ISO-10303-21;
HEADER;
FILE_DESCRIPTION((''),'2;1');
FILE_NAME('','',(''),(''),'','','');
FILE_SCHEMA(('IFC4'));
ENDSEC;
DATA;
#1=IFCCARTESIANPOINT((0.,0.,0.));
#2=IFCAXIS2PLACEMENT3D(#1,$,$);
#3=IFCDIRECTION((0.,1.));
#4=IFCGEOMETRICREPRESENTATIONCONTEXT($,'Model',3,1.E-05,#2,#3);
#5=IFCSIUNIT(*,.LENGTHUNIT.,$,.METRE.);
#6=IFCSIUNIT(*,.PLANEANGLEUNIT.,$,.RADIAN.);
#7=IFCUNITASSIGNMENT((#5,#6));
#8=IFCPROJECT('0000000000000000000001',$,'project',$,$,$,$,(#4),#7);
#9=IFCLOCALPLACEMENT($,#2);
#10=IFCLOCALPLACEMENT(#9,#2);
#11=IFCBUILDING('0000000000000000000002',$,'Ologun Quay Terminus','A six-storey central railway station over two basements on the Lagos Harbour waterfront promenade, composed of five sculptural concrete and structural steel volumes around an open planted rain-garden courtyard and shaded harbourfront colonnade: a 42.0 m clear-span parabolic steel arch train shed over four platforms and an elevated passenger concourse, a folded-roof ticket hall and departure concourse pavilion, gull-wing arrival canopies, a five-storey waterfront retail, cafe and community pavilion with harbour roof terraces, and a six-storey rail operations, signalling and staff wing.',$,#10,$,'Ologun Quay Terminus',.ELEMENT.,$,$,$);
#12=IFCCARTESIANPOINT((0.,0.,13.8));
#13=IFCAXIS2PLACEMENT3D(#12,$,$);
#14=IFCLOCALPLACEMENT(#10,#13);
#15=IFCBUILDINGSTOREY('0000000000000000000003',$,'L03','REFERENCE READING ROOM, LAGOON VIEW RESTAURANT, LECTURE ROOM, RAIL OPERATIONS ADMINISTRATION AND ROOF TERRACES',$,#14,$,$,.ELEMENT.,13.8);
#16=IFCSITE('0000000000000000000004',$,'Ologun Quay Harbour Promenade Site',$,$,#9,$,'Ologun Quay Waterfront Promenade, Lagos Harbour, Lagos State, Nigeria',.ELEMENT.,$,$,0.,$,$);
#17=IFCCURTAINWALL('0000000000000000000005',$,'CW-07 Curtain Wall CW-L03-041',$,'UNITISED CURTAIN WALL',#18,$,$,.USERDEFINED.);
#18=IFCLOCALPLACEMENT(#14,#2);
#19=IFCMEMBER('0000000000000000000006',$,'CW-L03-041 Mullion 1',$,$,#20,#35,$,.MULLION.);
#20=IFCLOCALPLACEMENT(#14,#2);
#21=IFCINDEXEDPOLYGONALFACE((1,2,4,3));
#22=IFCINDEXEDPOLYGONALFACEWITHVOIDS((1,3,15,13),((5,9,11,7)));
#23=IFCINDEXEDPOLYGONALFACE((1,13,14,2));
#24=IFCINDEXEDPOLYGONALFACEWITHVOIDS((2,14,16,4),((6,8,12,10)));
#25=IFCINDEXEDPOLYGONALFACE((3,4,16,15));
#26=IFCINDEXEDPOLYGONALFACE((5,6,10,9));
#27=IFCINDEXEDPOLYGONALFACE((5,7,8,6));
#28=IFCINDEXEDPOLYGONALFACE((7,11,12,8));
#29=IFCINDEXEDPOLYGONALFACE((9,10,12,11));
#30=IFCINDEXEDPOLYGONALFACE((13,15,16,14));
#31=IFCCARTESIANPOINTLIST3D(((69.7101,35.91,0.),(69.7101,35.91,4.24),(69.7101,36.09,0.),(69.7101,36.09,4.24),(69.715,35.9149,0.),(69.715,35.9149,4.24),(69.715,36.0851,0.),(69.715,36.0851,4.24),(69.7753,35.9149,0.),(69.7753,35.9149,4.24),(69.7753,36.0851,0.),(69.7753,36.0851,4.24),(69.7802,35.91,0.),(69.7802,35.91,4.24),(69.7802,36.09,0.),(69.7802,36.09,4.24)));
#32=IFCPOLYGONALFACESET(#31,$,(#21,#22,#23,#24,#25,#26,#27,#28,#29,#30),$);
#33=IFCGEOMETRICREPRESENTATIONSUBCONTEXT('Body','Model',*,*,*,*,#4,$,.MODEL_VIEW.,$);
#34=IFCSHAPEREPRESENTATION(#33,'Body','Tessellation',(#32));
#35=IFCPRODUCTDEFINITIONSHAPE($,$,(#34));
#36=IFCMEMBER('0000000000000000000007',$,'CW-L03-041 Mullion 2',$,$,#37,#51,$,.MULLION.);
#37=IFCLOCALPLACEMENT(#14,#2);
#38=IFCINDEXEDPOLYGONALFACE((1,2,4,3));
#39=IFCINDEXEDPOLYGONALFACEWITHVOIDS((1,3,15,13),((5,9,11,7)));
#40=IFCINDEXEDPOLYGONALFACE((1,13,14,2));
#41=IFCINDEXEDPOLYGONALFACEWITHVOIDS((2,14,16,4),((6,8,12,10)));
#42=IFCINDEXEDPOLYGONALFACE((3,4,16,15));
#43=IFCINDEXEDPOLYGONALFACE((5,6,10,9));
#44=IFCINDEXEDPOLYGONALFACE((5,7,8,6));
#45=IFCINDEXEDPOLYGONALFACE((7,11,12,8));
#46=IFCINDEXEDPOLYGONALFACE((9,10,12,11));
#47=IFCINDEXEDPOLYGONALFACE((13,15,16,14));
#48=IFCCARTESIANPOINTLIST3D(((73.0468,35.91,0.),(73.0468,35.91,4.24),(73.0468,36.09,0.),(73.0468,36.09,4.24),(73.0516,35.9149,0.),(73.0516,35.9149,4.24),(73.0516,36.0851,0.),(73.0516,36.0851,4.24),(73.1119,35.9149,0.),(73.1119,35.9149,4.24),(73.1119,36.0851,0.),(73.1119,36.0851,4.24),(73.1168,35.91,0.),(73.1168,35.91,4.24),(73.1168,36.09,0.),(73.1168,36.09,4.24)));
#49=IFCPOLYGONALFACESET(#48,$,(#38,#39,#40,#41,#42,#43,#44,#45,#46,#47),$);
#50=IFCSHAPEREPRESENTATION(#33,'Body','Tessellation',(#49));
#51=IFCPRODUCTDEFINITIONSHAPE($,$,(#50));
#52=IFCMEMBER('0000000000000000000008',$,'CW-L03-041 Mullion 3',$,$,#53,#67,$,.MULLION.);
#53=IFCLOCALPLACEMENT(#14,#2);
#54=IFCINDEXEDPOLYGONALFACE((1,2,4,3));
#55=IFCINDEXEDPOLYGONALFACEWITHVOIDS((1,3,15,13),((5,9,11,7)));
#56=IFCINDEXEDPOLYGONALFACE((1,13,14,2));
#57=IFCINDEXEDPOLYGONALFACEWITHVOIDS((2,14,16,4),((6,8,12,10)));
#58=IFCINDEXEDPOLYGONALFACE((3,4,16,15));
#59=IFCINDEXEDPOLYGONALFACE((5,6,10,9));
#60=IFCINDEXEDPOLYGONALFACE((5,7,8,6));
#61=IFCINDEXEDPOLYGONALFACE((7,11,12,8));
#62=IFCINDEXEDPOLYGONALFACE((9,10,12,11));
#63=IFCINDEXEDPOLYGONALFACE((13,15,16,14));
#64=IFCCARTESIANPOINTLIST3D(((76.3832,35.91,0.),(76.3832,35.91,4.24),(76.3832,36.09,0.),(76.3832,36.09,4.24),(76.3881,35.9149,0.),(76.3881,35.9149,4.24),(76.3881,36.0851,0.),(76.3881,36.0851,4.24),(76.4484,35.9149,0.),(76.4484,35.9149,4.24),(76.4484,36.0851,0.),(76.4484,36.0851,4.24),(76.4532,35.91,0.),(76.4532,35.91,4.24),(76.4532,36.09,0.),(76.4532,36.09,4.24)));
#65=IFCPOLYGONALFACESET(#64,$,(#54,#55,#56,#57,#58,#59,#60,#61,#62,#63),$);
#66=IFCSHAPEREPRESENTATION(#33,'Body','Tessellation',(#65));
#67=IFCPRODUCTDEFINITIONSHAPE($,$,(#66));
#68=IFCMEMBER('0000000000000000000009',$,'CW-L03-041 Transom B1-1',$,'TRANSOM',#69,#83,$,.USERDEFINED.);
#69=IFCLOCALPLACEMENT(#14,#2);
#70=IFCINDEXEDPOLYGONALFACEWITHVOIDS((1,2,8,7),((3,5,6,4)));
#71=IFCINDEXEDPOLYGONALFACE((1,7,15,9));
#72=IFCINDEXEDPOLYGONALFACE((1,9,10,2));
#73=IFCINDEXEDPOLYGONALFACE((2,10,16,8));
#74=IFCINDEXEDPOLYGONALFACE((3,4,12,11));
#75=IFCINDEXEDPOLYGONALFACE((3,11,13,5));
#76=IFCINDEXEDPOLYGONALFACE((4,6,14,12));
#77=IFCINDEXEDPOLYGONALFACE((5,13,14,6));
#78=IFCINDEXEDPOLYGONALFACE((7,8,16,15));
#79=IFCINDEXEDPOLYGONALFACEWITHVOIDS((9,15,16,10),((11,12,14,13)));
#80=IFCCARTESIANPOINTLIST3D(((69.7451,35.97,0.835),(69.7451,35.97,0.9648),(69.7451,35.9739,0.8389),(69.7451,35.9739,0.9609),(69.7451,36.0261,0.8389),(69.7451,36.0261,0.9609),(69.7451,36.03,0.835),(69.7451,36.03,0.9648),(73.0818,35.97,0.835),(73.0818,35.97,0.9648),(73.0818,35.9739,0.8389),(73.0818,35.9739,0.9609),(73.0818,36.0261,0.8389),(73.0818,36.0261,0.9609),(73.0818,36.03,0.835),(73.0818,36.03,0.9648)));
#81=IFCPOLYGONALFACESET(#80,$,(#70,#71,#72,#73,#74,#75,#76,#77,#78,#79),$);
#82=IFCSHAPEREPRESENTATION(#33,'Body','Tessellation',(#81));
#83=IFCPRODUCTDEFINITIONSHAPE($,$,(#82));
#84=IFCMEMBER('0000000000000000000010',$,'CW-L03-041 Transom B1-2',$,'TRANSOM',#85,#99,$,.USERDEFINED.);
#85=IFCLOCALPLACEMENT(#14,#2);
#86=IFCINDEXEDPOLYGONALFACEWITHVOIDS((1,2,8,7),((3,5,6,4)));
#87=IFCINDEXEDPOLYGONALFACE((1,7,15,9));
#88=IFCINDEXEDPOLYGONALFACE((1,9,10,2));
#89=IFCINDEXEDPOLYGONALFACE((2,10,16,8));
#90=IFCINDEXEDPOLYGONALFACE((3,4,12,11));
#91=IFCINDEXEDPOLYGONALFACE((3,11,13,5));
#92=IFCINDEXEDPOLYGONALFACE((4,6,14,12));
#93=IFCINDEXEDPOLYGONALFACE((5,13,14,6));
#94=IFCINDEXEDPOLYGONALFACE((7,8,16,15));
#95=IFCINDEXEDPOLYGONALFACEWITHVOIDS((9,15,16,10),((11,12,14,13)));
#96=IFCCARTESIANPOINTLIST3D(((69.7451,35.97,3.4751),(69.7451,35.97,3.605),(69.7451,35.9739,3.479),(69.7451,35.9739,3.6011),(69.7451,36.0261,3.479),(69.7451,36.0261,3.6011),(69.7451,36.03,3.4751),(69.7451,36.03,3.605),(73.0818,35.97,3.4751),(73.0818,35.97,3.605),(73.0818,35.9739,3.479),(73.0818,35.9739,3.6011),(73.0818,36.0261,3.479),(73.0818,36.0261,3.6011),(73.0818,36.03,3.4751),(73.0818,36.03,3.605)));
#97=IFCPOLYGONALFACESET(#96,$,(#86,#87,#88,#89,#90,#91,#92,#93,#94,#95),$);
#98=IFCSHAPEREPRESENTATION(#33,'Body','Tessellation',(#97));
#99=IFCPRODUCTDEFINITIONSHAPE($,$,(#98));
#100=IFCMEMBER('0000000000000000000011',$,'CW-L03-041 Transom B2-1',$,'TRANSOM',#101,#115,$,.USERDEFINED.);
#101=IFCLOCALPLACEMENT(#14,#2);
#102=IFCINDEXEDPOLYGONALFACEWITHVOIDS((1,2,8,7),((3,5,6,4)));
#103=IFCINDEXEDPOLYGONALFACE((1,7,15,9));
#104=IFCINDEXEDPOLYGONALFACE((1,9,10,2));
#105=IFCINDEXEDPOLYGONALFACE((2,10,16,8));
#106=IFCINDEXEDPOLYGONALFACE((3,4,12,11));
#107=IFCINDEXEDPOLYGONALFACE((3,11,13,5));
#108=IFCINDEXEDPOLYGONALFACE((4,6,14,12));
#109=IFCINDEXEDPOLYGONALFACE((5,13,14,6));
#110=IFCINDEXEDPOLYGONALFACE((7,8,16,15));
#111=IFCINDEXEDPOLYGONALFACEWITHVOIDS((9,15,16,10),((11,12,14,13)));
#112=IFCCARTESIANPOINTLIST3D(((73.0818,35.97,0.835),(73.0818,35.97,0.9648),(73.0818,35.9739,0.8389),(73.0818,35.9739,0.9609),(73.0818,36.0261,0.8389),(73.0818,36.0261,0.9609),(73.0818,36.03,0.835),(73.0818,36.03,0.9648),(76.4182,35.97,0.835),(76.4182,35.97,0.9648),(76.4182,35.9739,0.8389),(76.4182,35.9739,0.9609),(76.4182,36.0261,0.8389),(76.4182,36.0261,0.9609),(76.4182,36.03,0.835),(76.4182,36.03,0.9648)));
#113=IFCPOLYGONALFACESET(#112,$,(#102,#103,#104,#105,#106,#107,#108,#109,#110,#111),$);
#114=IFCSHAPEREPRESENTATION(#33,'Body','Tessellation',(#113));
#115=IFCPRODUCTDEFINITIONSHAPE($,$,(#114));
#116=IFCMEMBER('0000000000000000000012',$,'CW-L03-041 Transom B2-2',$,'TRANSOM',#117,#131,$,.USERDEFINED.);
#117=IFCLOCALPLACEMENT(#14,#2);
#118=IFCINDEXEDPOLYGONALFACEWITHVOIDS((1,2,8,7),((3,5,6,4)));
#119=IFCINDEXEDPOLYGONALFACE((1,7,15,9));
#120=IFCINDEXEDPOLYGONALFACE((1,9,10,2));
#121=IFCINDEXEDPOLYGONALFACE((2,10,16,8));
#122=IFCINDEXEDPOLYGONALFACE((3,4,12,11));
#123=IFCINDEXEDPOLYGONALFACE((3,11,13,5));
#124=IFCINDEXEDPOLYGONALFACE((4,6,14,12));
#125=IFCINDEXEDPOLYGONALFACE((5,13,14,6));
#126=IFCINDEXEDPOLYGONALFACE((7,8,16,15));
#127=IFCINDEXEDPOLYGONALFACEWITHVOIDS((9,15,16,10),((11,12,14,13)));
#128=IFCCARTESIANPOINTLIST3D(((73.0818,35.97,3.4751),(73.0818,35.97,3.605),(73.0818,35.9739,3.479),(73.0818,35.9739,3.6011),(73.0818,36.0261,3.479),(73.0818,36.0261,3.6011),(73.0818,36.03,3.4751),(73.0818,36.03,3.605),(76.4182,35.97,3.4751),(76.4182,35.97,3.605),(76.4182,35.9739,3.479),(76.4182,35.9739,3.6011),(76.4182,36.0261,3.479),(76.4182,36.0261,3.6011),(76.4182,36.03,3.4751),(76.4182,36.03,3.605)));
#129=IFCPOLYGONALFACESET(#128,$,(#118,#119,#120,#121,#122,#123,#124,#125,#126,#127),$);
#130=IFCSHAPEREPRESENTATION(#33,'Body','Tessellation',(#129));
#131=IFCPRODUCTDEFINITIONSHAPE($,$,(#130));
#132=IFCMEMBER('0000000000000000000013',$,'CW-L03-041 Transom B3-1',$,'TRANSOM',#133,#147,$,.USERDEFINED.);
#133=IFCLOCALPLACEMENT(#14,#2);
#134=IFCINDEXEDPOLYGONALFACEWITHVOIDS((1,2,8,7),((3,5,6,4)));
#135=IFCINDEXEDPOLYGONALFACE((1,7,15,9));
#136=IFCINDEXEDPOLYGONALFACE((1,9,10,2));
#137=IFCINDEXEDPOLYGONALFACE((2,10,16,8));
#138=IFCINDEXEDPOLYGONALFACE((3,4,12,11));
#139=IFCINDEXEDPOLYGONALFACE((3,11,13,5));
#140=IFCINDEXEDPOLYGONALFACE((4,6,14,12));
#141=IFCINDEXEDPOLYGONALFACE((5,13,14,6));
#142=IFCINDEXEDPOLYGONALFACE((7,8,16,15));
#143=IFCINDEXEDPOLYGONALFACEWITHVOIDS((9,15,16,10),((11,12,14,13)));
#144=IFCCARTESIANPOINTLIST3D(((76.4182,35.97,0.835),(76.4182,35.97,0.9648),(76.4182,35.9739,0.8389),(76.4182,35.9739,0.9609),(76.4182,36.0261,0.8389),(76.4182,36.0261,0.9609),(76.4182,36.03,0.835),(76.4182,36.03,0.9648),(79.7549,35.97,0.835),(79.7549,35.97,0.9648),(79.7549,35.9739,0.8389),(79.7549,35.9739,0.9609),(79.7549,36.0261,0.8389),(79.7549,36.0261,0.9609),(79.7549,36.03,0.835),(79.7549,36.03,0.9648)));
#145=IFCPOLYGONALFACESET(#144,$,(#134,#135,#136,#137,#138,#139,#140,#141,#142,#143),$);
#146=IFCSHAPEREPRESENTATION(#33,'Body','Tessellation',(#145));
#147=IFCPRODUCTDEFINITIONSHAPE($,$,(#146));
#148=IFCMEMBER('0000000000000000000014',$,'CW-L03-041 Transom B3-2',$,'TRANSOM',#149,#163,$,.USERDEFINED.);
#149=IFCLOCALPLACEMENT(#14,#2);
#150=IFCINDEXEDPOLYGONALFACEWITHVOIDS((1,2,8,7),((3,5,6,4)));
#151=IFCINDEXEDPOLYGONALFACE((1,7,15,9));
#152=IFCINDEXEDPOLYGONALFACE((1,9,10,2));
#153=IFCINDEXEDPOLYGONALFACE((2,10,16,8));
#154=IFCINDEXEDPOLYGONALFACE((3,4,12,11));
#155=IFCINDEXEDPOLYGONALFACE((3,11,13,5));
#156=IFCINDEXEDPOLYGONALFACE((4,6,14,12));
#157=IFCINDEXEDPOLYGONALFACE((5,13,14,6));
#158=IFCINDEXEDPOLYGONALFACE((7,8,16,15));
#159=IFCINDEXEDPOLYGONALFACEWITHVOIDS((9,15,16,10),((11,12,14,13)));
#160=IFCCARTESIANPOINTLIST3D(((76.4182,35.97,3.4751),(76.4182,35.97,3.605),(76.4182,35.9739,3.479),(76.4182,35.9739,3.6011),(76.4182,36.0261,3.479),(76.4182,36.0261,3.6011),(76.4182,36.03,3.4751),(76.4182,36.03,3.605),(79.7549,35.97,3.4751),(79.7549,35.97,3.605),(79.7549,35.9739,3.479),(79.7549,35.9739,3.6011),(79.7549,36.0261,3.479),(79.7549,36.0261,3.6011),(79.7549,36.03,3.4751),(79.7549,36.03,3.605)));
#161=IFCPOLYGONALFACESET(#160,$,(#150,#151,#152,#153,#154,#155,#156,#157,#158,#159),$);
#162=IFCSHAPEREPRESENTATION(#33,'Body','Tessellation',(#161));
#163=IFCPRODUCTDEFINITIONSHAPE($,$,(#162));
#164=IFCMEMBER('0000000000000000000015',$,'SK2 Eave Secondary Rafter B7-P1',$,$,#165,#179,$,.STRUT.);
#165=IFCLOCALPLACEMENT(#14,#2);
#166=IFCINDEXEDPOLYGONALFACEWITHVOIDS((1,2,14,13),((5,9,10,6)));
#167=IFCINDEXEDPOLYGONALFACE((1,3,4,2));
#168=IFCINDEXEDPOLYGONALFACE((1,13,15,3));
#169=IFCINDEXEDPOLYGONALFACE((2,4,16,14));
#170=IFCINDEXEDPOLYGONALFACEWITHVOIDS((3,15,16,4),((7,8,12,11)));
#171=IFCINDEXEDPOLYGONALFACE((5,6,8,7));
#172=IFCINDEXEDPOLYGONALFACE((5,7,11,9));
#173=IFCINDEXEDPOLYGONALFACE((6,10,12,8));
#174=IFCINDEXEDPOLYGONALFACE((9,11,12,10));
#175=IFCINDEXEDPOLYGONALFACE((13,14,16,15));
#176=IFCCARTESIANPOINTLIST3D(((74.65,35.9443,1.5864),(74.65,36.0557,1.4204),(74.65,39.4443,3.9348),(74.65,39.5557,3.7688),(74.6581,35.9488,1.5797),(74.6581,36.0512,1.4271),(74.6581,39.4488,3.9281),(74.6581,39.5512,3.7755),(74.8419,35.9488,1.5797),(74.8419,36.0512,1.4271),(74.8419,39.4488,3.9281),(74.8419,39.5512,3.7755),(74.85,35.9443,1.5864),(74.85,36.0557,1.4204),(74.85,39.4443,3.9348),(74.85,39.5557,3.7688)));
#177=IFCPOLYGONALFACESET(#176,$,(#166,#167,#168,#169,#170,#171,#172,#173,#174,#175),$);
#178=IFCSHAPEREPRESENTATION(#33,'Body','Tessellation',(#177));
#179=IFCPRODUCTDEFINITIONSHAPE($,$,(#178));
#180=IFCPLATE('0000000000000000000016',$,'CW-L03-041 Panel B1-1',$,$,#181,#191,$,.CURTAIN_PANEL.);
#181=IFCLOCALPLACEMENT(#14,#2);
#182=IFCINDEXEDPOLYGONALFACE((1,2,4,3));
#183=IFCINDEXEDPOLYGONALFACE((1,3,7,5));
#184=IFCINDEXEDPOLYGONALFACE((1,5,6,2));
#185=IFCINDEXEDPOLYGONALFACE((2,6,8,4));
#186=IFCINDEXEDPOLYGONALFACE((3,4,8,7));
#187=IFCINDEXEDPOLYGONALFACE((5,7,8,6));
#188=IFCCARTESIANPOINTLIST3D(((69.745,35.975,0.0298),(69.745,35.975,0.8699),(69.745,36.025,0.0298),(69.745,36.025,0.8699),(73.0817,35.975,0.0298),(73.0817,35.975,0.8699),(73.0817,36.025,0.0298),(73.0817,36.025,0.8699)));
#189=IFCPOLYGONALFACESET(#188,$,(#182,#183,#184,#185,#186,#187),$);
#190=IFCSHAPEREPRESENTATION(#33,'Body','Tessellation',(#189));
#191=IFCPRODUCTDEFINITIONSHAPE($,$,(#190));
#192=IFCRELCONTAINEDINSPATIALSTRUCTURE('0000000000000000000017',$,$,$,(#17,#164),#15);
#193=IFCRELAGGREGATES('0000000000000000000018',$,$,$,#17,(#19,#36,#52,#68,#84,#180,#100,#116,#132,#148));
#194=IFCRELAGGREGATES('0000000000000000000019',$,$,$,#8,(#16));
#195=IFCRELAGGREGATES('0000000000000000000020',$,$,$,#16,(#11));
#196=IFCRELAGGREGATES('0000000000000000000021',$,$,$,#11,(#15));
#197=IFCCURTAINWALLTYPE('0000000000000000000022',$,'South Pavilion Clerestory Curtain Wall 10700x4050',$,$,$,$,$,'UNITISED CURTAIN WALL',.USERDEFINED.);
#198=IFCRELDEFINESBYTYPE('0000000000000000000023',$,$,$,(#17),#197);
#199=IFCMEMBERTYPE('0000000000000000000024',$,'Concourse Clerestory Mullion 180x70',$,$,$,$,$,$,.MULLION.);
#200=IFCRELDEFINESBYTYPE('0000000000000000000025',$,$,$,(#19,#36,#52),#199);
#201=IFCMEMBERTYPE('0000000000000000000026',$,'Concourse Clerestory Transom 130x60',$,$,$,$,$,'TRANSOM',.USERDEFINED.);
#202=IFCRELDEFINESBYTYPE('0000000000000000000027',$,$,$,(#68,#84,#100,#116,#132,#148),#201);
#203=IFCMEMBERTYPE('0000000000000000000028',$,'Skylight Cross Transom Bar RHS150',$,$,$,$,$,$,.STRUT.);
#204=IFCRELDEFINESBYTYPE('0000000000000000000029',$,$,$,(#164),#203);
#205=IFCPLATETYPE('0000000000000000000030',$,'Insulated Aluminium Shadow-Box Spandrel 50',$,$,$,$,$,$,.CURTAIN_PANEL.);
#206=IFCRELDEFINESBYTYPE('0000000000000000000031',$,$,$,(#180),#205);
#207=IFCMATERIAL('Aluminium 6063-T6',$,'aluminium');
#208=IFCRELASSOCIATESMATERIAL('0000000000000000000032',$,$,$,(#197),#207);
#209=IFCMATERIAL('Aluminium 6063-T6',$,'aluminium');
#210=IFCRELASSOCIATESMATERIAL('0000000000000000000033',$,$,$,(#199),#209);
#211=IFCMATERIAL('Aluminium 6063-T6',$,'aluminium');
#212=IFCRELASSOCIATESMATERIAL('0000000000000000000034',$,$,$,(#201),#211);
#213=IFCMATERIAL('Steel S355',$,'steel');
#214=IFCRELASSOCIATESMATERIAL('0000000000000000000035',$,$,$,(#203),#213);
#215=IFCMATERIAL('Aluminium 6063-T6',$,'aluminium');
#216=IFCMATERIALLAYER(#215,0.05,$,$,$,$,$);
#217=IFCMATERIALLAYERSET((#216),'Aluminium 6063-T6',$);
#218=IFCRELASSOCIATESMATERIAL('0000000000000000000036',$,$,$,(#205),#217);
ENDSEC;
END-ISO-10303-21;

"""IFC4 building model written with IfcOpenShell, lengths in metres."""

from ifc_helpers import new_model, si_unit, direction, frame, origin, origin_2d, place, context, subcontext, project, spatial, rectangle, hollow_rectangle, extrude, material, layer, layer_set, material_profile, profile_set, type_object, element, aggregate, save


model = new_model("IFC4")

# Units and contexts
model_context = context("Model", 3, precision=1e-05, world=origin(), true_north=direction((0.0, 1.0)))
body_context = subcontext(model_context, "Body", "Model", "MODEL_VIEW")
ifc_project = project(units=[si_unit("LENGTHUNIT", "METRE"), si_unit("PLANEANGLEUNIT", "RADIAN")], contexts=[model_context])

# Site, building, storey
site_placement = place(None, origin())
site = spatial("IfcSite", under=ifc_project, at=site_placement, Name="Ologun Quay Harbour Promenade Site", LongName="Ologun Quay Waterfront Promenade, Lagos Harbour, Lagos State, Nigeria", CompositionType="ELEMENT", RefElevation=0.0)
building_placement = place(site_placement, origin())
building = spatial("IfcBuilding", under=site, at=building_placement, Name="Ologun Quay Terminus", Description="A six-storey central railway station over two basements on the Lagos Harbour waterfront promenade, composed of five sculptural concrete and structural steel volumes around an open planted rain-garden courtyard and shaded harbourfront colonnade: a 42.0 m clear-span parabolic steel arch train shed over four platforms and an elevated passenger concourse, a folded-roof ticket hall and departure concourse pavilion, gull-wing arrival canopies, a five-storey waterfront retail, cafe and community pavilion with harbour roof terraces, and a six-storey rail operations, signalling and staff wing.", LongName="Ologun Quay Terminus", CompositionType="ELEMENT")
storey_placement = place(building_placement, frame((0.0, 0.0, 13.8)))
storey = spatial("IfcBuildingStorey", under=building, at=storey_placement, Name="L03", Description="REFERENCE READING ROOM, LAGOON VIEW RESTAURANT, LECTURE ROOM, RAIL OPERATIONS ADMINISTRATION AND ROOF TERRACES", CompositionType="ELEMENT", Elevation=13.8)

# Curtain wall, members
ifc_material_1 = material(Name="Aluminium 6063-T6", Category="aluminium")
curtain_wall_type = type_object("IfcCurtainWallType", Name="South Pavilion Clerestory Curtain Wall 10700x4050", ElementType="UNITISED CURTAIN WALL", PredefinedType="USERDEFINED", material=ifc_material_1)
curtain_wall_placement = place(storey_placement, origin())
curtain_wall = element("IfcCurtainWall", 1, at=curtain_wall_placement, inside=storey, type_object=curtain_wall_type, Name="CW-07 Curtain Wall CW-L03-041", ObjectType="UNITISED CURTAIN WALL", PredefinedType="USERDEFINED")
ifc_material_2 = material(Name="Aluminium 6063-T6", Category="aluminium")
ifc_material_profile_1 = material_profile(ifc_material_2, hollow_rectangle(XDim=0.0701, YDim=0.1799, WallThickness=0.0049, at=origin_2d()), Name="ALU 180x70x5")
ifc_profile_set_1 = profile_set([ifc_material_profile_1], Name="Aluminium 6063-T6")
member_type_1 = type_object("IfcMemberType", Name="Concourse Clerestory Mullion 180x70", PredefinedType="MULLION", material=ifc_profile_set_1)
member_1_placement = place(storey_placement, frame((69.7451, 36.0, 0.0), z_axis=(0.0, 0.0, 1.0), x_axis=(1.0, 0.0, 0.0)))
member_1 = element("IfcMember", 2, at=member_1_placement, type_object=member_type_1, Name="CW-L03-041 Mullion 1", PredefinedType="MULLION", context=body_context, shape_type="SweptSolid", body=[
    extrude(hollow_rectangle(XDim=0.0701, YDim=0.1799, WallThickness=0.0049, at=origin_2d()), origin(), (0.0, 0.0, 1.0), 4.24),
])
member_2_placement = place(storey_placement, frame((73.0818, 36.0, 0.0), z_axis=(0.0, 0.0, 1.0), x_axis=(1.0, 0.0, 0.0)))
member_2 = element("IfcMember", 3, at=member_2_placement, type_object=member_type_1, Name="CW-L03-041 Mullion 2", PredefinedType="MULLION", context=body_context, shape_type="SweptSolid", body=[
    extrude(hollow_rectangle(XDim=0.0701, YDim=0.1799, WallThickness=0.0049, at=origin_2d()), origin(), (0.0, 0.0, 1.0), 4.24),
])
member_3_placement = place(storey_placement, frame((76.4182, 36.0, 0.0), z_axis=(0.0, 0.0, 1.0), x_axis=(1.0, 0.0, 0.0)))
member_3 = element("IfcMember", 4, at=member_3_placement, type_object=member_type_1, Name="CW-L03-041 Mullion 3", PredefinedType="MULLION", context=body_context, shape_type="SweptSolid", body=[
    extrude(hollow_rectangle(XDim=0.0701, YDim=0.1799, WallThickness=0.0049, at=origin_2d()), origin(), (0.0, 0.0, 1.0), 4.24),
])
ifc_material_3 = material(Name="Aluminium 6063-T6", Category="aluminium")
ifc_material_profile_2 = material_profile(ifc_material_3, hollow_rectangle(XDim=0.0601, YDim=0.1299, WallThickness=0.0039, at=origin_2d()), Name="ALU 130x60x4")
ifc_profile_set_2 = profile_set([ifc_material_profile_2], Name="Aluminium 6063-T6")
member_type_2 = type_object("IfcMemberType", Name="Concourse Clerestory Transom 130x60", ElementType="TRANSOM", PredefinedType="USERDEFINED", material=ifc_profile_set_2)
member_4_placement = place(storey_placement, frame((69.7451, 36.0, 0.8999), z_axis=(1.0, 0.0, 0.0), x_axis=(0.0, 1.0, 0.0)))
member_4 = element("IfcMember", 5, at=member_4_placement, type_object=member_type_2, Name="CW-L03-041 Transom B1-1", ObjectType="TRANSOM", PredefinedType="USERDEFINED", context=body_context, shape_type="SweptSolid", body=[
    extrude(hollow_rectangle(XDim=0.0601, YDim=0.1299, WallThickness=0.0039, at=origin_2d()), origin(), (0.0, 0.0, 1.0), 3.3367),
])
member_5_placement = place(storey_placement, frame((69.7451, 36.0, 3.54), z_axis=(1.0, 0.0, 0.0), x_axis=(0.0, 1.0, 0.0)))
member_5 = element("IfcMember", 6, at=member_5_placement, type_object=member_type_2, Name="CW-L03-041 Transom B1-2", ObjectType="TRANSOM", PredefinedType="USERDEFINED", context=body_context, shape_type="SweptSolid", body=[
    extrude(hollow_rectangle(XDim=0.0601, YDim=0.1299, WallThickness=0.0039, at=origin_2d()), origin(), (0.0, 0.0, 1.0), 3.3367),
])
member_6_placement = place(storey_placement, frame((73.0818, 36.0, 0.8999), z_axis=(1.0, 0.0, 0.0), x_axis=(0.0, 1.0, 0.0)))
member_6 = element("IfcMember", 7, at=member_6_placement, type_object=member_type_2, Name="CW-L03-041 Transom B2-1", ObjectType="TRANSOM", PredefinedType="USERDEFINED", context=body_context, shape_type="SweptSolid", body=[
    extrude(hollow_rectangle(XDim=0.0601, YDim=0.1299, WallThickness=0.0039, at=origin_2d()), origin(), (0.0, 0.0, 1.0), 3.3364),
])
member_7_placement = place(storey_placement, frame((73.0818, 36.0, 3.54), z_axis=(1.0, 0.0, 0.0), x_axis=(0.0, 1.0, 0.0)))
member_7 = element("IfcMember", 8, at=member_7_placement, type_object=member_type_2, Name="CW-L03-041 Transom B2-2", ObjectType="TRANSOM", PredefinedType="USERDEFINED", context=body_context, shape_type="SweptSolid", body=[
    extrude(hollow_rectangle(XDim=0.0601, YDim=0.1299, WallThickness=0.0039, at=origin_2d()), origin(), (0.0, 0.0, 1.0), 3.3364),
])
member_8_placement = place(storey_placement, frame((76.4182, 36.0, 0.8999), z_axis=(1.0, 0.0, 0.0), x_axis=(0.0, 1.0, 0.0)))
member_8 = element("IfcMember", 9, at=member_8_placement, type_object=member_type_2, Name="CW-L03-041 Transom B3-1", ObjectType="TRANSOM", PredefinedType="USERDEFINED", context=body_context, shape_type="SweptSolid", body=[
    extrude(hollow_rectangle(XDim=0.0601, YDim=0.1299, WallThickness=0.0039, at=origin_2d()), origin(), (0.0, 0.0, 1.0), 3.3367),
])
member_9_placement = place(storey_placement, frame((76.4182, 36.0, 3.54), z_axis=(1.0, 0.0, 0.0), x_axis=(0.0, 1.0, 0.0)))
member_9 = element("IfcMember", 10, at=member_9_placement, type_object=member_type_2, Name="CW-L03-041 Transom B3-2", ObjectType="TRANSOM", PredefinedType="USERDEFINED", context=body_context, shape_type="SweptSolid", body=[
    extrude(hollow_rectangle(XDim=0.0601, YDim=0.1299, WallThickness=0.0039, at=origin_2d()), origin(), (0.0, 0.0, 1.0), 3.3367),
])

# Member
ifc_material_4 = material(Name="Steel S355", Category="steel")
ifc_material_profile_3 = material_profile(ifc_material_4, hollow_rectangle(XDim=0.2, YDim=0.2, WallThickness=0.0081, at=origin_2d()), Name="SHS 200x200x8")
ifc_profile_set_3 = profile_set([ifc_material_profile_3], Name="Steel S355")
member_type_3 = type_object("IfcMemberType", Name="Skylight Cross Transom Bar RHS150", PredefinedType="STRUT", material=ifc_profile_set_3)
member_10_placement = place(storey_placement, frame((74.75, 36.0, 1.5034), z_axis=(0.0, 0.830398, 0.557171), x_axis=(-1.0, 0.0, 0.0)))
element("IfcMember", 11, at=member_10_placement, inside=storey, type_object=member_type_3, Name="SK2 Eave Secondary Rafter B7-P1", PredefinedType="STRUT", context=body_context, shape_type="SweptSolid", body=[
    extrude(hollow_rectangle(XDim=0.2, YDim=0.2, WallThickness=0.0081, at=origin_2d()), origin(), (0.0, 0.0, 1.0), 4.2148),
])

# Plate
ifc_material_5 = material(Name="Aluminium 6063-T6", Category="aluminium")
ifc_layer_1 = layer(ifc_material_5, 0.05)
ifc_layer_set_1 = layer_set([ifc_layer_1], Name="Aluminium 6063-T6")
plate_type_1 = type_object("IfcPlateType", Name="Insulated Aluminium Shadow-Box Spandrel 50", PredefinedType="CURTAIN_PANEL", material=ifc_layer_set_1)
plate_1_placement = place(storey_placement, frame((71.4133, 36.0, 0.0298), z_axis=(0.0, 0.0, 1.0), x_axis=(1.0, 0.0, 0.0)))
plate_1 = element("IfcPlate", 12, at=plate_1_placement, type_object=plate_type_1, Name="CW-L03-041 Panel B1-1", PredefinedType="CURTAIN_PANEL", context=body_context, shape_type="SweptSolid", body=[
    extrude(rectangle(XDim=3.3367, YDim=0.05, at=origin_2d()), origin(), (0.0, 0.0, 1.0), 0.8401),
])
aggregate(curtain_wall, [member_1, member_2, member_3, member_4, member_5, plate_1, member_6, member_7, member_8, member_9])

save(model, "model.ifc")
